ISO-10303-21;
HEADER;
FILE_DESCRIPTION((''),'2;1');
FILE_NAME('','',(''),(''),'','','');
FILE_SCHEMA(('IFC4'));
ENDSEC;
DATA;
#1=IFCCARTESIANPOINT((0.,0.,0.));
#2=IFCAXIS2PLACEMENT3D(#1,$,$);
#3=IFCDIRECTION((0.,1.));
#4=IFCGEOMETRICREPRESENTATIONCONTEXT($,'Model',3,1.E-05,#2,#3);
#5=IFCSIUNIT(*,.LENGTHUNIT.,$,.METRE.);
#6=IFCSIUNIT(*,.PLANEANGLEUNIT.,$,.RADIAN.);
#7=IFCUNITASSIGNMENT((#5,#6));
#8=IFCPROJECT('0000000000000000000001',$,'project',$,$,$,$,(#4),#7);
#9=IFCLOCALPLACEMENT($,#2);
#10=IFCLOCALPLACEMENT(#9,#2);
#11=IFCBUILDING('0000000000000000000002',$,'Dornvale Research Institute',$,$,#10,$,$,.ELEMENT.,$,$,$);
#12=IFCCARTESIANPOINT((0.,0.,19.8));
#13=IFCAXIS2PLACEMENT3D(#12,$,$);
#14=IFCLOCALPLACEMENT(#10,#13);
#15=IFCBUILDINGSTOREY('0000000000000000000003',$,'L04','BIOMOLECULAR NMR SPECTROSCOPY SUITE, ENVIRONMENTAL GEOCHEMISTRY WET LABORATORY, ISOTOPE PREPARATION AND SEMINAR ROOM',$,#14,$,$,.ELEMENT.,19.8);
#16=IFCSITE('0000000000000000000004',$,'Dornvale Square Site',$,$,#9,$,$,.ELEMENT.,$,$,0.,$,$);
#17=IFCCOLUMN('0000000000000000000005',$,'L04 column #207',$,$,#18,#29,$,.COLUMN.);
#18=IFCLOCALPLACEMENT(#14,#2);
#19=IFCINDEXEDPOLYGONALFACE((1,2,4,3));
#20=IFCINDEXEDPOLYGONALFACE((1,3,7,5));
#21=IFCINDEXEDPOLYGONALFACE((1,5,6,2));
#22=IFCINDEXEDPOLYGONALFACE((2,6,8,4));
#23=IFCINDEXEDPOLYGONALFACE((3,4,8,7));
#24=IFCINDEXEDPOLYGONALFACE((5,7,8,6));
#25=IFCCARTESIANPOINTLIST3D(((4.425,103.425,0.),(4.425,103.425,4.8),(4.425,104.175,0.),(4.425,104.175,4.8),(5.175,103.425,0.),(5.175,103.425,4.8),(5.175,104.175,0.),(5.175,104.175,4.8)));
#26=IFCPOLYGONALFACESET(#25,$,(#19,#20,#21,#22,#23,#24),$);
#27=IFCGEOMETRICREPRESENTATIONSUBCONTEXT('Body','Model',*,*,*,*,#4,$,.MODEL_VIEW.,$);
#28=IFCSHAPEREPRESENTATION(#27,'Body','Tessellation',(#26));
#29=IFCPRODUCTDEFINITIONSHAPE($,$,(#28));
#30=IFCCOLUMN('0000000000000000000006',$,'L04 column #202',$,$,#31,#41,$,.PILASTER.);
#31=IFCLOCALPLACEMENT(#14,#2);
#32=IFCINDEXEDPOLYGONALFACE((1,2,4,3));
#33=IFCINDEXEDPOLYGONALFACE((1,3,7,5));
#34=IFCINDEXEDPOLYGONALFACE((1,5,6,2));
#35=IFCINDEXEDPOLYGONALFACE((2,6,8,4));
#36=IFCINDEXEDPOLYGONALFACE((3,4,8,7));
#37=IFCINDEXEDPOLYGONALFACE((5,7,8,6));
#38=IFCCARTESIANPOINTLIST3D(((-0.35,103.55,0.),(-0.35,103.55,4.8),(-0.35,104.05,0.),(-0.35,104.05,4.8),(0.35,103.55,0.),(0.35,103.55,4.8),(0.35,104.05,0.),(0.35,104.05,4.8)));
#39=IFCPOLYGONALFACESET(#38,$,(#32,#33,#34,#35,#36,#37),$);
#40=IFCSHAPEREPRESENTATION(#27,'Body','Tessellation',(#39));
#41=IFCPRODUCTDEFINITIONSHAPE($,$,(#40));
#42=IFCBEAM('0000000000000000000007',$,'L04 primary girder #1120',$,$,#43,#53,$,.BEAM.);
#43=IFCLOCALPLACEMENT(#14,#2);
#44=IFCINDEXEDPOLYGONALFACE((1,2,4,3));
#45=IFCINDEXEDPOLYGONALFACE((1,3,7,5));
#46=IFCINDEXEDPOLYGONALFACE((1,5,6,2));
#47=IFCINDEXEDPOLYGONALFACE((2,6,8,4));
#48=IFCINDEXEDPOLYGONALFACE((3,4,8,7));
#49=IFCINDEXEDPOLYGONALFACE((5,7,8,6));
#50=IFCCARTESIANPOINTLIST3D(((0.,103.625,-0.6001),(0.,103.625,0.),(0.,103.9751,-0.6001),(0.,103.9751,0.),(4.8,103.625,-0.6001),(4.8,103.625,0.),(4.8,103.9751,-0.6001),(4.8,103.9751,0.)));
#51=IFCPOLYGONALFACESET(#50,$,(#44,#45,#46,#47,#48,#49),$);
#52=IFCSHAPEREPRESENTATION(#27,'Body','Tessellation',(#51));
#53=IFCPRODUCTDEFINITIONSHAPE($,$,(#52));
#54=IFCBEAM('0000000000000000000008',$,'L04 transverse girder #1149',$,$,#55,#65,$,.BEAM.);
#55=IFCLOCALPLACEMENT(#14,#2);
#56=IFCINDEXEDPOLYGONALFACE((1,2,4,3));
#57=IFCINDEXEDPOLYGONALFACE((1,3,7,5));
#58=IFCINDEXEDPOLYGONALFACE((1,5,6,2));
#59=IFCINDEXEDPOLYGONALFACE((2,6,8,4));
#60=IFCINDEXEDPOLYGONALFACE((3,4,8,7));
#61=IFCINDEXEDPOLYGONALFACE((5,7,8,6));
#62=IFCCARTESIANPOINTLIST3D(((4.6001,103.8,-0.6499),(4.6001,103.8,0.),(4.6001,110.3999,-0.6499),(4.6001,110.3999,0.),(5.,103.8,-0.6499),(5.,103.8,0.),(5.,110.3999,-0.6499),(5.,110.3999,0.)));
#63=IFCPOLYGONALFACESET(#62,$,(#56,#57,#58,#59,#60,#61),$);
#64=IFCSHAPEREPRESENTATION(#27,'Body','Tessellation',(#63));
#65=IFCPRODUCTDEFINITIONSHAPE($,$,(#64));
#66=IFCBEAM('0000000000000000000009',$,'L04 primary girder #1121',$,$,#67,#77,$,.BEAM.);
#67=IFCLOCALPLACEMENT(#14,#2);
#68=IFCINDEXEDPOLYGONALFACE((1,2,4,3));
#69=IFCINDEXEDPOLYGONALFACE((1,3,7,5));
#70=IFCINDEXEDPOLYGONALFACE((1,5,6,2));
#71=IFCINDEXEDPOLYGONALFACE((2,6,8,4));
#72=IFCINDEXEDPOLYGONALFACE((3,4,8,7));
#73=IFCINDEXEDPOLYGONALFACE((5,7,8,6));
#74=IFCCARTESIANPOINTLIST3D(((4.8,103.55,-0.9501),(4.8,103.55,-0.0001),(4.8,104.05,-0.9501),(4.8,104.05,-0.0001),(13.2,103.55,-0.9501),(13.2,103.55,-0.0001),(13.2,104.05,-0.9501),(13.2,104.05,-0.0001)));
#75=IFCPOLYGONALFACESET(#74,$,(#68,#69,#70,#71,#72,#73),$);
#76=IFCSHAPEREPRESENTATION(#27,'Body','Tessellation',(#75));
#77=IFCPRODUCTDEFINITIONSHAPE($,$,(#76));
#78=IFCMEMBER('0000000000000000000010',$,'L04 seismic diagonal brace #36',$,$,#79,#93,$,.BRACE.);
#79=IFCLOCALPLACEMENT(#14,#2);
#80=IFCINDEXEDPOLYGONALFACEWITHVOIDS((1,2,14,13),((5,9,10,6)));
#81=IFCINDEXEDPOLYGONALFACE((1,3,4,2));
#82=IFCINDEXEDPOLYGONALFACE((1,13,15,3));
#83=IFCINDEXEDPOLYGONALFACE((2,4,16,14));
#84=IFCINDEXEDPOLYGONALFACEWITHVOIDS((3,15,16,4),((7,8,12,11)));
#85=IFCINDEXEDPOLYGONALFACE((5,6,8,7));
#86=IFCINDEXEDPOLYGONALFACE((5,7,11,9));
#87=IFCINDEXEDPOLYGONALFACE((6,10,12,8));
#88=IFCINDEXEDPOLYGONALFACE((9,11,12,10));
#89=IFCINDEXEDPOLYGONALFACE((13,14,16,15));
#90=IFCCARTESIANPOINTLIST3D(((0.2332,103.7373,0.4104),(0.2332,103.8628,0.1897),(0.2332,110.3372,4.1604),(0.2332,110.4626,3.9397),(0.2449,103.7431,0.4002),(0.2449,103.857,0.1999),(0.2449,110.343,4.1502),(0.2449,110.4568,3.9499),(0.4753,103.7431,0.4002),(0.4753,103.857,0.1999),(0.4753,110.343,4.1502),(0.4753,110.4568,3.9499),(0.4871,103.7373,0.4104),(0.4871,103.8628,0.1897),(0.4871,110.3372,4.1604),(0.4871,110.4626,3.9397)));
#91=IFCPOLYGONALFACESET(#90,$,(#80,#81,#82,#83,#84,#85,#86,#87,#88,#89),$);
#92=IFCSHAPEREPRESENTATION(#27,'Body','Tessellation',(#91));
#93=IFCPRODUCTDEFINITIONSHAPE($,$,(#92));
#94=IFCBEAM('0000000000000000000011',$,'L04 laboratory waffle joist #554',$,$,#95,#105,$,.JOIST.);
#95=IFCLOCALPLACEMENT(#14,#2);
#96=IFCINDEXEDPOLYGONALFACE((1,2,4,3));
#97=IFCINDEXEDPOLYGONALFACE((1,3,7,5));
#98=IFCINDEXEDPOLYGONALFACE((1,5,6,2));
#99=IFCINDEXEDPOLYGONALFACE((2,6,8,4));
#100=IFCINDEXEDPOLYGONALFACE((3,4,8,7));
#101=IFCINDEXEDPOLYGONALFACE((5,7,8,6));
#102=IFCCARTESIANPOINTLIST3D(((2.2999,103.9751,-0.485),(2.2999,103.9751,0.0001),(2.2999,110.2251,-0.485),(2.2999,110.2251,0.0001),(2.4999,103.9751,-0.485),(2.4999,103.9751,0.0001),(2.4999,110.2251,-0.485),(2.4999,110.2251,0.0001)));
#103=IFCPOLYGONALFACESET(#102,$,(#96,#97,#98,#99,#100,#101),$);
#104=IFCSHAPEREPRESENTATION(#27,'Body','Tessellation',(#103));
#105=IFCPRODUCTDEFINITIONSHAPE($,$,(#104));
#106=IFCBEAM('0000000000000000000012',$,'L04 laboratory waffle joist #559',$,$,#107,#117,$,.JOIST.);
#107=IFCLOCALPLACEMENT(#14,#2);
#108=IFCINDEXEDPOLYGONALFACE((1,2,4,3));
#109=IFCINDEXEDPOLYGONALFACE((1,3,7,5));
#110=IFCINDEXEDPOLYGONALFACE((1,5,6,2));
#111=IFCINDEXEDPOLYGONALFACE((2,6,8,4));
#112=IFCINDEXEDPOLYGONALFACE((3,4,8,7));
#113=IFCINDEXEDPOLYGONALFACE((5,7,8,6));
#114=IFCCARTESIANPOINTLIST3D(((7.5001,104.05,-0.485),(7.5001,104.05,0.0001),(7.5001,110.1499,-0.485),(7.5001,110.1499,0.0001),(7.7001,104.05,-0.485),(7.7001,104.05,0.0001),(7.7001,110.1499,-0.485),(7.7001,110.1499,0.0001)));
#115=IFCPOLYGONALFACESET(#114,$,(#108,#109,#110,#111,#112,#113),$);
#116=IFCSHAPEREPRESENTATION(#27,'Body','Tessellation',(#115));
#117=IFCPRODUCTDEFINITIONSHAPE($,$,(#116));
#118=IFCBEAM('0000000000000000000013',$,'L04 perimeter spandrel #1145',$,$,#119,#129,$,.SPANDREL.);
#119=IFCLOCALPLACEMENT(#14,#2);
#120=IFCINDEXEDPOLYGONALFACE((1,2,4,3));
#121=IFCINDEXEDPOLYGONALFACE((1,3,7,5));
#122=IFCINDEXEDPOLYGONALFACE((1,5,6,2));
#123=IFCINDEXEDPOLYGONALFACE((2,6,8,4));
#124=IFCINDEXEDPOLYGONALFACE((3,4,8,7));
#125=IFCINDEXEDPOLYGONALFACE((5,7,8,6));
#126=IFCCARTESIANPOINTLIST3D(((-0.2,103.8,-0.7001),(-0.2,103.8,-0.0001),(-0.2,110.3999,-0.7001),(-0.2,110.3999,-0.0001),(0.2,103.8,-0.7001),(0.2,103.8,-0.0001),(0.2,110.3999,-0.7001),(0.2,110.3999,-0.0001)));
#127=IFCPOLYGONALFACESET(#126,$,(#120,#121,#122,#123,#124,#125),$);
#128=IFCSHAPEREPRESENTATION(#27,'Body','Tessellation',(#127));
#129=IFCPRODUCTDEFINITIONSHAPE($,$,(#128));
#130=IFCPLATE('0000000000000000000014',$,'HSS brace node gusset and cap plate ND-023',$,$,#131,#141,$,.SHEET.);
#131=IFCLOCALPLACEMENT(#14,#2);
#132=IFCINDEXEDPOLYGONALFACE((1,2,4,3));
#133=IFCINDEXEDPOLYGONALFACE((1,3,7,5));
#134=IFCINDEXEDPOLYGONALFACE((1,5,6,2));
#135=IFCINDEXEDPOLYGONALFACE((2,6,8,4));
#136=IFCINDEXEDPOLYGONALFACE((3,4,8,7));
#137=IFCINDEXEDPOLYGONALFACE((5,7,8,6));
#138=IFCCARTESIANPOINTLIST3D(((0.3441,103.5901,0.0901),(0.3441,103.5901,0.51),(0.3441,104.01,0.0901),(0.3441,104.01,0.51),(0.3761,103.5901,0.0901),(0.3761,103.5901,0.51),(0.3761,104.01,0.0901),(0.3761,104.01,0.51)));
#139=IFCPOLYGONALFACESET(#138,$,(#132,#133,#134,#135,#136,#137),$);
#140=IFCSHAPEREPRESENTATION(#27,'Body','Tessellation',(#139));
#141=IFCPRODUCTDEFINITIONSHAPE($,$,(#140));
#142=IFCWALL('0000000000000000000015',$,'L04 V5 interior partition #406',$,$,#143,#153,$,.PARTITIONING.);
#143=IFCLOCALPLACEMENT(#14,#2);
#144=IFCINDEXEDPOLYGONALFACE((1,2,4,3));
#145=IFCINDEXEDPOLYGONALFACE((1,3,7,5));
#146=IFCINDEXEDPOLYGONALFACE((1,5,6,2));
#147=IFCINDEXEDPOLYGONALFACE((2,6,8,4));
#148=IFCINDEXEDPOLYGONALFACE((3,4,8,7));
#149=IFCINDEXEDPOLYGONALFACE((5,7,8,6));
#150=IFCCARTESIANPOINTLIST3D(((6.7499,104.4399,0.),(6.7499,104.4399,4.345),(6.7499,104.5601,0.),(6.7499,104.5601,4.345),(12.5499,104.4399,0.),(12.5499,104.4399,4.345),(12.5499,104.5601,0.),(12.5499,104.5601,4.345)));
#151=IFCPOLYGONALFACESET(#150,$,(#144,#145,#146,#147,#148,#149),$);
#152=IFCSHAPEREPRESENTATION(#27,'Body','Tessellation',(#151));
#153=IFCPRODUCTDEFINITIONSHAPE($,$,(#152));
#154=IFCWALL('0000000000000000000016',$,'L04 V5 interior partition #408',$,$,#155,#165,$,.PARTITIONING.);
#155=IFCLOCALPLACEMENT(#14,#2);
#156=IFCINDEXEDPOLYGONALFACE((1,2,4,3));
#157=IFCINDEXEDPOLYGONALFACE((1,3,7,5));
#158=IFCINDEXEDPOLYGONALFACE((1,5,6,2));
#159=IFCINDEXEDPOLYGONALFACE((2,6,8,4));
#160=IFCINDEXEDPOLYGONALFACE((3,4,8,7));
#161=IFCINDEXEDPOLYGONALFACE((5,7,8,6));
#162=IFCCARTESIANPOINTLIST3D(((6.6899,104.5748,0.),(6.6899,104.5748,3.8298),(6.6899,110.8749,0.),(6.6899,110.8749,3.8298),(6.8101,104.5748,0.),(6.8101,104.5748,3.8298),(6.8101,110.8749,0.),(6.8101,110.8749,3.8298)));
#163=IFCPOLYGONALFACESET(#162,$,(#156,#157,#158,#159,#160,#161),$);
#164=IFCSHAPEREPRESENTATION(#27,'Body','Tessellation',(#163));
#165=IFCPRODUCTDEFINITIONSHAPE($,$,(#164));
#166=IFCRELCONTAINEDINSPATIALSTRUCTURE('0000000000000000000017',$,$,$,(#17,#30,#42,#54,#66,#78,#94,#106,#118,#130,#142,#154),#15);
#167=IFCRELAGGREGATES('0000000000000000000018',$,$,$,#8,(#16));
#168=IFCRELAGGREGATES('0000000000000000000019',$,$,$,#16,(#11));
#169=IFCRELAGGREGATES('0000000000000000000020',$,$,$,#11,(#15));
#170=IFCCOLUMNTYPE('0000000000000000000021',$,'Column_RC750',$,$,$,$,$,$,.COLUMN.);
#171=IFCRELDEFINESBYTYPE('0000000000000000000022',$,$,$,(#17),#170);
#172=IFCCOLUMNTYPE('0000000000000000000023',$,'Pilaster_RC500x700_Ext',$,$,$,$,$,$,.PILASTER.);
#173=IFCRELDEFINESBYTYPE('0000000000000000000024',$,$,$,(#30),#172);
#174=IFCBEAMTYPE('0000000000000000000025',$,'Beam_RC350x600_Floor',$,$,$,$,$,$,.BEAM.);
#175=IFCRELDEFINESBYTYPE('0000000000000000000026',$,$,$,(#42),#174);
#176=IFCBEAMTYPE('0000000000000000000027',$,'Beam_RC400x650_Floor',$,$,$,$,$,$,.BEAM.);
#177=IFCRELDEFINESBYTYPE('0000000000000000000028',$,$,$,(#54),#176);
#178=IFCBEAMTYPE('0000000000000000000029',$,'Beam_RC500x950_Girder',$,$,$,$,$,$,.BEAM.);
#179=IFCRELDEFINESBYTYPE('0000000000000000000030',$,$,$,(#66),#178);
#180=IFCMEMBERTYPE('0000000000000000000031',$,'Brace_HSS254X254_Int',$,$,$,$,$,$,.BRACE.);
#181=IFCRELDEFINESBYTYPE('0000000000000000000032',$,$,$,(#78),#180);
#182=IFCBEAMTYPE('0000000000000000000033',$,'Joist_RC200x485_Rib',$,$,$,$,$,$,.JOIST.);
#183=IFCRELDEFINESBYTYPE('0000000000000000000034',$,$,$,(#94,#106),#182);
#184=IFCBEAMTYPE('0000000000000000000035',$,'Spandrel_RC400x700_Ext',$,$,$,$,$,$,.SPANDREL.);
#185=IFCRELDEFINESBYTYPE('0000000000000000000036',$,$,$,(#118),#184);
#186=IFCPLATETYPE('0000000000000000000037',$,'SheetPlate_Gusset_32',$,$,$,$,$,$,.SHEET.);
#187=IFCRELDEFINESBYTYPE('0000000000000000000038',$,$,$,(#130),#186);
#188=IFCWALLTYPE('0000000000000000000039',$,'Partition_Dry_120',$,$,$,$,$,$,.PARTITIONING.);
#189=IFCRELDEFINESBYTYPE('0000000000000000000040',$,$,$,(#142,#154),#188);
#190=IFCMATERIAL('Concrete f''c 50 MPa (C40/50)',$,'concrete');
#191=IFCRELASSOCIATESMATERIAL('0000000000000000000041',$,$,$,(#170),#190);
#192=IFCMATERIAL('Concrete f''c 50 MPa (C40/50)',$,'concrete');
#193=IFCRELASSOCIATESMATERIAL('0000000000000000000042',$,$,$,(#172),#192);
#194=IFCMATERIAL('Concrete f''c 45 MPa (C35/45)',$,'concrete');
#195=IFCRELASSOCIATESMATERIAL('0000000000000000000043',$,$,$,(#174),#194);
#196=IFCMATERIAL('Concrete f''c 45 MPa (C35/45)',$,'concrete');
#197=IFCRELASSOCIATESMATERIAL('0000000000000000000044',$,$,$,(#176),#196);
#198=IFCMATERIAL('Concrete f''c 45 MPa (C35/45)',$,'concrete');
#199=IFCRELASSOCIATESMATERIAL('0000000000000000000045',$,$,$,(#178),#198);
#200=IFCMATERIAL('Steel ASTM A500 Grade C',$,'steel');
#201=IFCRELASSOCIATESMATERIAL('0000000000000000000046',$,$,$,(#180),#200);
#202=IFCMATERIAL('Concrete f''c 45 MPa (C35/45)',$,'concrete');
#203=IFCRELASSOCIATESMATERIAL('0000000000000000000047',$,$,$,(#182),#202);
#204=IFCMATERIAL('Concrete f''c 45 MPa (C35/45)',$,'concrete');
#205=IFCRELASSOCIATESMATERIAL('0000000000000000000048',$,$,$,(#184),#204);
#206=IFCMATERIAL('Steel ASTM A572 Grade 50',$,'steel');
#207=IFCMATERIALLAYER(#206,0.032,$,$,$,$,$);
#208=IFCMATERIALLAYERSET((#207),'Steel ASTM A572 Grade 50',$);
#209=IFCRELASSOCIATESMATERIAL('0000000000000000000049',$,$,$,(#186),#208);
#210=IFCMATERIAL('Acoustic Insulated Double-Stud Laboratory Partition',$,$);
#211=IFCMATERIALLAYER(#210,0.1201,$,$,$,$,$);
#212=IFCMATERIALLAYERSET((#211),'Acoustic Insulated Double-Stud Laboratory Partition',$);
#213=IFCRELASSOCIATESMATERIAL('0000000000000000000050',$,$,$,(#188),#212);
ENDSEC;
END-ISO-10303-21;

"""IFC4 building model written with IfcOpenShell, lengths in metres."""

from ifc_helpers import new_model, si_unit, direction, frame, frame_2d, origin, origin_2d, place, context, subcontext, project, spatial, rectangle, hollow_rectangle, extrude, material, layer, layer_set, material_profile, profile_set, type_object, element, save


model = new_model("IFC4")

# Units and contexts
model_context = context("Model", 3, precision=1e-05, world=origin(), true_north=direction((0.0, 1.0)))
body_context = subcontext(model_context, "Body", "Model", "MODEL_VIEW")
ifc_project = project(units=[si_unit("LENGTHUNIT", "METRE"), si_unit("PLANEANGLEUNIT", "RADIAN")], contexts=[model_context])

# Site, building, storey
site_placement = place(None, origin())
site = spatial("IfcSite", under=ifc_project, at=site_placement, Name="Dornvale Square Site", CompositionType="ELEMENT", RefElevation=0.0)
building_placement = place(site_placement, origin())
building = spatial("IfcBuilding", under=site, at=building_placement, Name="Dornvale Research Institute", CompositionType="ELEMENT")
storey_placement = place(building_placement, frame((0.0, 0.0, 19.8)))
storey = spatial("IfcBuildingStorey", under=building, at=storey_placement, Name="L04", Description="BIOMOLECULAR NMR SPECTROSCOPY SUITE, ENVIRONMENTAL GEOCHEMISTRY WET LABORATORY, ISOTOPE PREPARATION AND SEMINAR ROOM", CompositionType="ELEMENT", Elevation=19.8)

# Columns
ifc_material_1 = material(Name="Concrete f'c 50 MPa (C40/50)", Category="concrete")
ifc_material_profile_1 = material_profile(ifc_material_1, rectangle(XDim=0.75, YDim=0.75, at=origin_2d()), Name="RC 750x750")
ifc_profile_set_1 = profile_set([ifc_material_profile_1], Name="Concrete f'c 50 MPa (C40/50)")
column_type_1 = type_object("IfcColumnType", Name="Column_RC750", PredefinedType="COLUMN", material=ifc_profile_set_1)
column_1_placement = place(storey_placement, frame((4.8, 103.8, 0.0), z_axis=(0.0, 0.0, 1.0), x_axis=(1.0, 0.0, 0.0)))
element("IfcColumn", 1, at=column_1_placement, inside=storey, type_object=column_type_1, Name="L04 column #207", PredefinedType="COLUMN", context=body_context, shape_type="SweptSolid", body=[
    extrude(rectangle(XDim=0.75, YDim=0.75, at=origin_2d()), origin(), (0.0, 0.0, 1.0), 4.8),
])
ifc_material_2 = material(Name="Concrete f'c 50 MPa (C40/50)", Category="concrete")
ifc_material_profile_2 = material_profile(ifc_material_2, rectangle(XDim=0.5, YDim=0.7, at=origin_2d()), Name="RC 500x700")
ifc_profile_set_2 = profile_set([ifc_material_profile_2], Name="Concrete f'c 50 MPa (C40/50)")
column_type_2 = type_object("IfcColumnType", Name="Pilaster_RC500x700_Ext", PredefinedType="PILASTER", material=ifc_profile_set_2)
column_2_placement = place(storey_placement, frame((0.0, 103.8, 0.0), z_axis=(0.0, 0.0, 1.0), x_axis=(0.0, 1.0, 0.0)))
element("IfcColumn", 2, at=column_2_placement, inside=storey, type_object=column_type_2, Name="L04 column #202", PredefinedType="PILASTER", context=body_context, shape_type="SweptSolid", body=[
    extrude(rectangle(XDim=0.5, YDim=0.7, at=origin_2d()), origin(), (0.0, 0.0, 1.0), 4.8),
])

# Beams
ifc_material_3 = material(Name="Concrete f'c 45 MPa (C35/45)", Category="concrete")
ifc_material_profile_3 = material_profile(ifc_material_3, rectangle(XDim=0.3501, YDim=0.6001, at=origin_2d()), Name="RC 350x600")
ifc_profile_set_3 = profile_set([ifc_material_profile_3], Name="Concrete f'c 45 MPa (C35/45)")
beam_type_1 = type_object("IfcBeamType", Name="Beam_RC350x600_Floor", PredefinedType="BEAM", material=ifc_profile_set_3)
beam_1_placement = place(storey_placement, frame((0.0, 103.8, -0.3), z_axis=(1.0, 0.0, 0.0), x_axis=(0.0, 1.0, 0.0)))
element("IfcBeam", 3, at=beam_1_placement, inside=storey, type_object=beam_type_1, Name="L04 primary girder #1120", PredefinedType="BEAM", context=body_context, shape_type="SweptSolid", body=[
    extrude(rectangle(XDim=0.3501, YDim=0.6001, at=origin_2d()), origin(), (0.0, 0.0, 1.0), 4.8),
])
ifc_material_4 = material(Name="Concrete f'c 45 MPa (C35/45)", Category="concrete")
ifc_material_profile_4 = material_profile(ifc_material_4, rectangle(XDim=0.3999, YDim=0.6499, at=origin_2d()), Name="RC 400x650")
ifc_profile_set_4 = profile_set([ifc_material_profile_4], Name="Concrete f'c 45 MPa (C35/45)")
beam_type_2 = type_object("IfcBeamType", Name="Beam_RC400x650_Floor", PredefinedType="BEAM", material=ifc_profile_set_4)
beam_2_placement = place(storey_placement, frame((4.8, 103.8, -0.325), z_axis=(0.0, 1.0, 0.0), x_axis=(-1.0, 0.0, 0.0)))
element("IfcBeam", 4, at=beam_2_placement, inside=storey, type_object=beam_type_2, Name="L04 transverse girder #1149", PredefinedType="BEAM", context=body_context, shape_type="SweptSolid", body=[
    extrude(rectangle(XDim=0.3999, YDim=0.6499, at=origin_2d()), origin(), (0.0, 0.0, 1.0), 6.5999),
])
ifc_material_5 = material(Name="Concrete f'c 45 MPa (C35/45)", Category="concrete")
ifc_material_profile_5 = material_profile(ifc_material_5, rectangle(XDim=0.5, YDim=0.95, at=origin_2d()), Name="RC 500x950")
ifc_profile_set_5 = profile_set([ifc_material_profile_5], Name="Concrete f'c 45 MPa (C35/45)")
beam_type_3 = type_object("IfcBeamType", Name="Beam_RC500x950_Girder", PredefinedType="BEAM", material=ifc_profile_set_5)
beam_3_placement = place(storey_placement, frame((4.8, 103.8, -0.4751), z_axis=(1.0, 0.0, 0.0), x_axis=(0.0, 1.0, 0.0)))
element("IfcBeam", 5, at=beam_3_placement, inside=storey, type_object=beam_type_3, Name="L04 primary girder #1121", PredefinedType="BEAM", context=body_context, shape_type="SweptSolid", body=[
    extrude(rectangle(XDim=0.5, YDim=0.95, at=origin_2d()), origin(), (0.0, 0.0, 1.0), 8.3999),
])

# Member
ifc_material_6 = material(Name="Steel ASTM A500 Grade C", Category="steel")
ifc_material_profile_6 = material_profile(ifc_material_6, hollow_rectangle(XDim=0.2539, YDim=0.2539, WallThickness=0.0117, at=origin_2d()), Name="HSS254X254X12.7")
ifc_profile_set_6 = profile_set([ifc_material_profile_6], Name="Steel ASTM A500 Grade C")
member_type = type_object("IfcMemberType", Name="Brace_HSS254X254_Int", PredefinedType="BRACE", material=ifc_profile_set_6)
member_placement = place(storey_placement, frame((0.3601, 103.8, 0.3), z_axis=(0.0, 0.869452, 0.494018), x_axis=(-1.0, 0.0, 0.0)))
element("IfcMember", 6, at=member_placement, inside=storey, type_object=member_type, Name="L04 seismic diagonal brace #36", PredefinedType="BRACE", context=body_context, shape_type="SweptSolid", body=[
    extrude(hollow_rectangle(XDim=0.2539, YDim=0.2539, WallThickness=0.0117, at=origin_2d()), origin(), (0.0, 0.0, 1.0), 7.5908),
])

# Beams
ifc_material_7 = material(Name="Concrete f'c 45 MPa (C35/45)", Category="concrete")
ifc_material_profile_7 = material_profile(ifc_material_7, rectangle(XDim=0.2, YDim=0.4851, at=origin_2d()), Name="RC 200x485")
ifc_profile_set_7 = profile_set([ifc_material_profile_7], Name="Concrete f'c 45 MPa (C35/45)")
beam_type_4 = type_object("IfcBeamType", Name="Joist_RC200x485_Rib", PredefinedType="JOIST", material=ifc_profile_set_7)
beam_4_placement = place(storey_placement, frame((2.3999, 103.9751, -0.2424), z_axis=(0.0, 1.0, 0.0), x_axis=(-1.0, 0.0, 0.0)))
element("IfcBeam", 7, at=beam_4_placement, inside=storey, type_object=beam_type_4, Name="L04 laboratory waffle joist #554", PredefinedType="JOIST", context=body_context, shape_type="SweptSolid", body=[
    extrude(rectangle(XDim=0.2, YDim=0.4851, at=origin_2d()), origin(), (0.0, 0.0, 1.0), 6.25),
])
beam_5_placement = place(storey_placement, frame((7.6001, 104.05, -0.2424), z_axis=(0.0, 1.0, 0.0), x_axis=(-1.0, 0.0, 0.0)))
element("IfcBeam", 8, at=beam_5_placement, inside=storey, type_object=beam_type_4, Name="L04 laboratory waffle joist #559", PredefinedType="JOIST", context=body_context, shape_type="SweptSolid", body=[
    extrude(rectangle(XDim=0.2, YDim=0.4851, at=origin_2d()), origin(), (0.0, 0.0, 1.0), 6.0999),
])
ifc_material_8 = material(Name="Concrete f'c 45 MPa (C35/45)", Category="concrete")
ifc_material_profile_8 = material_profile(ifc_material_8, rectangle(XDim=0.3999, YDim=0.7, at=origin_2d()), Name="RC 400x700")
ifc_profile_set_8 = profile_set([ifc_material_profile_8], Name="Concrete f'c 45 MPa (C35/45)")
beam_type_5 = type_object("IfcBeamType", Name="Spandrel_RC400x700_Ext", PredefinedType="SPANDREL", material=ifc_profile_set_8)
beam_6_placement = place(storey_placement, frame((0.0, 103.8, -0.3501), z_axis=(0.0, 1.0, 0.0), x_axis=(-1.0, 0.0, 0.0)))
element("IfcBeam", 9, at=beam_6_placement, inside=storey, type_object=beam_type_5, Name="L04 perimeter spandrel #1145", PredefinedType="SPANDREL", context=body_context, shape_type="SweptSolid", body=[
    extrude(rectangle(XDim=0.3999, YDim=0.7, at=origin_2d()), origin(), (0.0, 0.0, 1.0), 6.5999),
])

# Plate
ifc_material_9 = material(Name="Steel ASTM A572 Grade 50", Category="steel")
ifc_layer_1 = layer(ifc_material_9, 0.032)
ifc_layer_set_1 = layer_set([ifc_layer_1], Name="Steel ASTM A572 Grade 50")
plate_type = type_object("IfcPlateType", Name="SheetPlate_Gusset_32", PredefinedType="SHEET", material=ifc_layer_set_1)
plate_placement = place(storey_placement, frame((0.3601, 103.8, 0.0901), z_axis=(0.0, 0.0, 1.0), x_axis=(0.0, 1.0, 0.0)))
element("IfcPlate", 10, at=plate_placement, inside=storey, type_object=plate_type, Name="HSS brace node gusset and cap plate ND-023", PredefinedType="SHEET", context=body_context, shape_type="SweptSolid", body=[
    extrude(rectangle(XDim=0.4199, YDim=0.032, at=origin_2d()), origin(), (0.0, 0.0, 1.0), 0.4199),
])

# Walls
ifc_material_10 = material(Name="Acoustic Insulated Double-Stud Laboratory Partition")
ifc_layer_2 = layer(ifc_material_10, 0.1201)
ifc_layer_set_2 = layer_set([ifc_layer_2], Name="Acoustic Insulated Double-Stud Laboratory Partition")
wall_type_1 = type_object("IfcWallType", Name="Partition_Dry_120", PredefinedType="PARTITIONING", material=ifc_layer_set_2)
wall_1_placement = place(storey_placement, frame((6.75, 104.5, 0.0), z_axis=(0.0, 0.0, 1.0), x_axis=(1.0, 0.0, 0.0)))
element("IfcWall", 11, at=wall_1_placement, inside=storey, type_object=wall_type_1, Name="L04 V5 interior partition #406", PredefinedType="PARTITIONING", context=body_context, shape_type="SweptSolid", body=[
    extrude(rectangle(XDim=5.8, YDim=0.1201, at=frame_2d((2.8999, 0.0))), origin(), (0.0, 0.0, 1.0), 4.345),
])
wall_2_placement = place(storey_placement, frame((6.75, 104.575, 0.0), z_axis=(0.0, 0.0, 1.0), x_axis=(0.0, 1.0, 0.0)))
element("IfcWall", 12, at=wall_2_placement, inside=storey, type_object=wall_type_1, Name="L04 V5 interior partition #408", PredefinedType="PARTITIONING", context=body_context, shape_type="SweptSolid", body=[
    extrude(rectangle(XDim=6.3, YDim=0.1201, at=frame_2d((3.1499, 0.0))), origin(), (0.0, 0.0, 1.0), 3.8298),
])

save(model, "model.ifc")
